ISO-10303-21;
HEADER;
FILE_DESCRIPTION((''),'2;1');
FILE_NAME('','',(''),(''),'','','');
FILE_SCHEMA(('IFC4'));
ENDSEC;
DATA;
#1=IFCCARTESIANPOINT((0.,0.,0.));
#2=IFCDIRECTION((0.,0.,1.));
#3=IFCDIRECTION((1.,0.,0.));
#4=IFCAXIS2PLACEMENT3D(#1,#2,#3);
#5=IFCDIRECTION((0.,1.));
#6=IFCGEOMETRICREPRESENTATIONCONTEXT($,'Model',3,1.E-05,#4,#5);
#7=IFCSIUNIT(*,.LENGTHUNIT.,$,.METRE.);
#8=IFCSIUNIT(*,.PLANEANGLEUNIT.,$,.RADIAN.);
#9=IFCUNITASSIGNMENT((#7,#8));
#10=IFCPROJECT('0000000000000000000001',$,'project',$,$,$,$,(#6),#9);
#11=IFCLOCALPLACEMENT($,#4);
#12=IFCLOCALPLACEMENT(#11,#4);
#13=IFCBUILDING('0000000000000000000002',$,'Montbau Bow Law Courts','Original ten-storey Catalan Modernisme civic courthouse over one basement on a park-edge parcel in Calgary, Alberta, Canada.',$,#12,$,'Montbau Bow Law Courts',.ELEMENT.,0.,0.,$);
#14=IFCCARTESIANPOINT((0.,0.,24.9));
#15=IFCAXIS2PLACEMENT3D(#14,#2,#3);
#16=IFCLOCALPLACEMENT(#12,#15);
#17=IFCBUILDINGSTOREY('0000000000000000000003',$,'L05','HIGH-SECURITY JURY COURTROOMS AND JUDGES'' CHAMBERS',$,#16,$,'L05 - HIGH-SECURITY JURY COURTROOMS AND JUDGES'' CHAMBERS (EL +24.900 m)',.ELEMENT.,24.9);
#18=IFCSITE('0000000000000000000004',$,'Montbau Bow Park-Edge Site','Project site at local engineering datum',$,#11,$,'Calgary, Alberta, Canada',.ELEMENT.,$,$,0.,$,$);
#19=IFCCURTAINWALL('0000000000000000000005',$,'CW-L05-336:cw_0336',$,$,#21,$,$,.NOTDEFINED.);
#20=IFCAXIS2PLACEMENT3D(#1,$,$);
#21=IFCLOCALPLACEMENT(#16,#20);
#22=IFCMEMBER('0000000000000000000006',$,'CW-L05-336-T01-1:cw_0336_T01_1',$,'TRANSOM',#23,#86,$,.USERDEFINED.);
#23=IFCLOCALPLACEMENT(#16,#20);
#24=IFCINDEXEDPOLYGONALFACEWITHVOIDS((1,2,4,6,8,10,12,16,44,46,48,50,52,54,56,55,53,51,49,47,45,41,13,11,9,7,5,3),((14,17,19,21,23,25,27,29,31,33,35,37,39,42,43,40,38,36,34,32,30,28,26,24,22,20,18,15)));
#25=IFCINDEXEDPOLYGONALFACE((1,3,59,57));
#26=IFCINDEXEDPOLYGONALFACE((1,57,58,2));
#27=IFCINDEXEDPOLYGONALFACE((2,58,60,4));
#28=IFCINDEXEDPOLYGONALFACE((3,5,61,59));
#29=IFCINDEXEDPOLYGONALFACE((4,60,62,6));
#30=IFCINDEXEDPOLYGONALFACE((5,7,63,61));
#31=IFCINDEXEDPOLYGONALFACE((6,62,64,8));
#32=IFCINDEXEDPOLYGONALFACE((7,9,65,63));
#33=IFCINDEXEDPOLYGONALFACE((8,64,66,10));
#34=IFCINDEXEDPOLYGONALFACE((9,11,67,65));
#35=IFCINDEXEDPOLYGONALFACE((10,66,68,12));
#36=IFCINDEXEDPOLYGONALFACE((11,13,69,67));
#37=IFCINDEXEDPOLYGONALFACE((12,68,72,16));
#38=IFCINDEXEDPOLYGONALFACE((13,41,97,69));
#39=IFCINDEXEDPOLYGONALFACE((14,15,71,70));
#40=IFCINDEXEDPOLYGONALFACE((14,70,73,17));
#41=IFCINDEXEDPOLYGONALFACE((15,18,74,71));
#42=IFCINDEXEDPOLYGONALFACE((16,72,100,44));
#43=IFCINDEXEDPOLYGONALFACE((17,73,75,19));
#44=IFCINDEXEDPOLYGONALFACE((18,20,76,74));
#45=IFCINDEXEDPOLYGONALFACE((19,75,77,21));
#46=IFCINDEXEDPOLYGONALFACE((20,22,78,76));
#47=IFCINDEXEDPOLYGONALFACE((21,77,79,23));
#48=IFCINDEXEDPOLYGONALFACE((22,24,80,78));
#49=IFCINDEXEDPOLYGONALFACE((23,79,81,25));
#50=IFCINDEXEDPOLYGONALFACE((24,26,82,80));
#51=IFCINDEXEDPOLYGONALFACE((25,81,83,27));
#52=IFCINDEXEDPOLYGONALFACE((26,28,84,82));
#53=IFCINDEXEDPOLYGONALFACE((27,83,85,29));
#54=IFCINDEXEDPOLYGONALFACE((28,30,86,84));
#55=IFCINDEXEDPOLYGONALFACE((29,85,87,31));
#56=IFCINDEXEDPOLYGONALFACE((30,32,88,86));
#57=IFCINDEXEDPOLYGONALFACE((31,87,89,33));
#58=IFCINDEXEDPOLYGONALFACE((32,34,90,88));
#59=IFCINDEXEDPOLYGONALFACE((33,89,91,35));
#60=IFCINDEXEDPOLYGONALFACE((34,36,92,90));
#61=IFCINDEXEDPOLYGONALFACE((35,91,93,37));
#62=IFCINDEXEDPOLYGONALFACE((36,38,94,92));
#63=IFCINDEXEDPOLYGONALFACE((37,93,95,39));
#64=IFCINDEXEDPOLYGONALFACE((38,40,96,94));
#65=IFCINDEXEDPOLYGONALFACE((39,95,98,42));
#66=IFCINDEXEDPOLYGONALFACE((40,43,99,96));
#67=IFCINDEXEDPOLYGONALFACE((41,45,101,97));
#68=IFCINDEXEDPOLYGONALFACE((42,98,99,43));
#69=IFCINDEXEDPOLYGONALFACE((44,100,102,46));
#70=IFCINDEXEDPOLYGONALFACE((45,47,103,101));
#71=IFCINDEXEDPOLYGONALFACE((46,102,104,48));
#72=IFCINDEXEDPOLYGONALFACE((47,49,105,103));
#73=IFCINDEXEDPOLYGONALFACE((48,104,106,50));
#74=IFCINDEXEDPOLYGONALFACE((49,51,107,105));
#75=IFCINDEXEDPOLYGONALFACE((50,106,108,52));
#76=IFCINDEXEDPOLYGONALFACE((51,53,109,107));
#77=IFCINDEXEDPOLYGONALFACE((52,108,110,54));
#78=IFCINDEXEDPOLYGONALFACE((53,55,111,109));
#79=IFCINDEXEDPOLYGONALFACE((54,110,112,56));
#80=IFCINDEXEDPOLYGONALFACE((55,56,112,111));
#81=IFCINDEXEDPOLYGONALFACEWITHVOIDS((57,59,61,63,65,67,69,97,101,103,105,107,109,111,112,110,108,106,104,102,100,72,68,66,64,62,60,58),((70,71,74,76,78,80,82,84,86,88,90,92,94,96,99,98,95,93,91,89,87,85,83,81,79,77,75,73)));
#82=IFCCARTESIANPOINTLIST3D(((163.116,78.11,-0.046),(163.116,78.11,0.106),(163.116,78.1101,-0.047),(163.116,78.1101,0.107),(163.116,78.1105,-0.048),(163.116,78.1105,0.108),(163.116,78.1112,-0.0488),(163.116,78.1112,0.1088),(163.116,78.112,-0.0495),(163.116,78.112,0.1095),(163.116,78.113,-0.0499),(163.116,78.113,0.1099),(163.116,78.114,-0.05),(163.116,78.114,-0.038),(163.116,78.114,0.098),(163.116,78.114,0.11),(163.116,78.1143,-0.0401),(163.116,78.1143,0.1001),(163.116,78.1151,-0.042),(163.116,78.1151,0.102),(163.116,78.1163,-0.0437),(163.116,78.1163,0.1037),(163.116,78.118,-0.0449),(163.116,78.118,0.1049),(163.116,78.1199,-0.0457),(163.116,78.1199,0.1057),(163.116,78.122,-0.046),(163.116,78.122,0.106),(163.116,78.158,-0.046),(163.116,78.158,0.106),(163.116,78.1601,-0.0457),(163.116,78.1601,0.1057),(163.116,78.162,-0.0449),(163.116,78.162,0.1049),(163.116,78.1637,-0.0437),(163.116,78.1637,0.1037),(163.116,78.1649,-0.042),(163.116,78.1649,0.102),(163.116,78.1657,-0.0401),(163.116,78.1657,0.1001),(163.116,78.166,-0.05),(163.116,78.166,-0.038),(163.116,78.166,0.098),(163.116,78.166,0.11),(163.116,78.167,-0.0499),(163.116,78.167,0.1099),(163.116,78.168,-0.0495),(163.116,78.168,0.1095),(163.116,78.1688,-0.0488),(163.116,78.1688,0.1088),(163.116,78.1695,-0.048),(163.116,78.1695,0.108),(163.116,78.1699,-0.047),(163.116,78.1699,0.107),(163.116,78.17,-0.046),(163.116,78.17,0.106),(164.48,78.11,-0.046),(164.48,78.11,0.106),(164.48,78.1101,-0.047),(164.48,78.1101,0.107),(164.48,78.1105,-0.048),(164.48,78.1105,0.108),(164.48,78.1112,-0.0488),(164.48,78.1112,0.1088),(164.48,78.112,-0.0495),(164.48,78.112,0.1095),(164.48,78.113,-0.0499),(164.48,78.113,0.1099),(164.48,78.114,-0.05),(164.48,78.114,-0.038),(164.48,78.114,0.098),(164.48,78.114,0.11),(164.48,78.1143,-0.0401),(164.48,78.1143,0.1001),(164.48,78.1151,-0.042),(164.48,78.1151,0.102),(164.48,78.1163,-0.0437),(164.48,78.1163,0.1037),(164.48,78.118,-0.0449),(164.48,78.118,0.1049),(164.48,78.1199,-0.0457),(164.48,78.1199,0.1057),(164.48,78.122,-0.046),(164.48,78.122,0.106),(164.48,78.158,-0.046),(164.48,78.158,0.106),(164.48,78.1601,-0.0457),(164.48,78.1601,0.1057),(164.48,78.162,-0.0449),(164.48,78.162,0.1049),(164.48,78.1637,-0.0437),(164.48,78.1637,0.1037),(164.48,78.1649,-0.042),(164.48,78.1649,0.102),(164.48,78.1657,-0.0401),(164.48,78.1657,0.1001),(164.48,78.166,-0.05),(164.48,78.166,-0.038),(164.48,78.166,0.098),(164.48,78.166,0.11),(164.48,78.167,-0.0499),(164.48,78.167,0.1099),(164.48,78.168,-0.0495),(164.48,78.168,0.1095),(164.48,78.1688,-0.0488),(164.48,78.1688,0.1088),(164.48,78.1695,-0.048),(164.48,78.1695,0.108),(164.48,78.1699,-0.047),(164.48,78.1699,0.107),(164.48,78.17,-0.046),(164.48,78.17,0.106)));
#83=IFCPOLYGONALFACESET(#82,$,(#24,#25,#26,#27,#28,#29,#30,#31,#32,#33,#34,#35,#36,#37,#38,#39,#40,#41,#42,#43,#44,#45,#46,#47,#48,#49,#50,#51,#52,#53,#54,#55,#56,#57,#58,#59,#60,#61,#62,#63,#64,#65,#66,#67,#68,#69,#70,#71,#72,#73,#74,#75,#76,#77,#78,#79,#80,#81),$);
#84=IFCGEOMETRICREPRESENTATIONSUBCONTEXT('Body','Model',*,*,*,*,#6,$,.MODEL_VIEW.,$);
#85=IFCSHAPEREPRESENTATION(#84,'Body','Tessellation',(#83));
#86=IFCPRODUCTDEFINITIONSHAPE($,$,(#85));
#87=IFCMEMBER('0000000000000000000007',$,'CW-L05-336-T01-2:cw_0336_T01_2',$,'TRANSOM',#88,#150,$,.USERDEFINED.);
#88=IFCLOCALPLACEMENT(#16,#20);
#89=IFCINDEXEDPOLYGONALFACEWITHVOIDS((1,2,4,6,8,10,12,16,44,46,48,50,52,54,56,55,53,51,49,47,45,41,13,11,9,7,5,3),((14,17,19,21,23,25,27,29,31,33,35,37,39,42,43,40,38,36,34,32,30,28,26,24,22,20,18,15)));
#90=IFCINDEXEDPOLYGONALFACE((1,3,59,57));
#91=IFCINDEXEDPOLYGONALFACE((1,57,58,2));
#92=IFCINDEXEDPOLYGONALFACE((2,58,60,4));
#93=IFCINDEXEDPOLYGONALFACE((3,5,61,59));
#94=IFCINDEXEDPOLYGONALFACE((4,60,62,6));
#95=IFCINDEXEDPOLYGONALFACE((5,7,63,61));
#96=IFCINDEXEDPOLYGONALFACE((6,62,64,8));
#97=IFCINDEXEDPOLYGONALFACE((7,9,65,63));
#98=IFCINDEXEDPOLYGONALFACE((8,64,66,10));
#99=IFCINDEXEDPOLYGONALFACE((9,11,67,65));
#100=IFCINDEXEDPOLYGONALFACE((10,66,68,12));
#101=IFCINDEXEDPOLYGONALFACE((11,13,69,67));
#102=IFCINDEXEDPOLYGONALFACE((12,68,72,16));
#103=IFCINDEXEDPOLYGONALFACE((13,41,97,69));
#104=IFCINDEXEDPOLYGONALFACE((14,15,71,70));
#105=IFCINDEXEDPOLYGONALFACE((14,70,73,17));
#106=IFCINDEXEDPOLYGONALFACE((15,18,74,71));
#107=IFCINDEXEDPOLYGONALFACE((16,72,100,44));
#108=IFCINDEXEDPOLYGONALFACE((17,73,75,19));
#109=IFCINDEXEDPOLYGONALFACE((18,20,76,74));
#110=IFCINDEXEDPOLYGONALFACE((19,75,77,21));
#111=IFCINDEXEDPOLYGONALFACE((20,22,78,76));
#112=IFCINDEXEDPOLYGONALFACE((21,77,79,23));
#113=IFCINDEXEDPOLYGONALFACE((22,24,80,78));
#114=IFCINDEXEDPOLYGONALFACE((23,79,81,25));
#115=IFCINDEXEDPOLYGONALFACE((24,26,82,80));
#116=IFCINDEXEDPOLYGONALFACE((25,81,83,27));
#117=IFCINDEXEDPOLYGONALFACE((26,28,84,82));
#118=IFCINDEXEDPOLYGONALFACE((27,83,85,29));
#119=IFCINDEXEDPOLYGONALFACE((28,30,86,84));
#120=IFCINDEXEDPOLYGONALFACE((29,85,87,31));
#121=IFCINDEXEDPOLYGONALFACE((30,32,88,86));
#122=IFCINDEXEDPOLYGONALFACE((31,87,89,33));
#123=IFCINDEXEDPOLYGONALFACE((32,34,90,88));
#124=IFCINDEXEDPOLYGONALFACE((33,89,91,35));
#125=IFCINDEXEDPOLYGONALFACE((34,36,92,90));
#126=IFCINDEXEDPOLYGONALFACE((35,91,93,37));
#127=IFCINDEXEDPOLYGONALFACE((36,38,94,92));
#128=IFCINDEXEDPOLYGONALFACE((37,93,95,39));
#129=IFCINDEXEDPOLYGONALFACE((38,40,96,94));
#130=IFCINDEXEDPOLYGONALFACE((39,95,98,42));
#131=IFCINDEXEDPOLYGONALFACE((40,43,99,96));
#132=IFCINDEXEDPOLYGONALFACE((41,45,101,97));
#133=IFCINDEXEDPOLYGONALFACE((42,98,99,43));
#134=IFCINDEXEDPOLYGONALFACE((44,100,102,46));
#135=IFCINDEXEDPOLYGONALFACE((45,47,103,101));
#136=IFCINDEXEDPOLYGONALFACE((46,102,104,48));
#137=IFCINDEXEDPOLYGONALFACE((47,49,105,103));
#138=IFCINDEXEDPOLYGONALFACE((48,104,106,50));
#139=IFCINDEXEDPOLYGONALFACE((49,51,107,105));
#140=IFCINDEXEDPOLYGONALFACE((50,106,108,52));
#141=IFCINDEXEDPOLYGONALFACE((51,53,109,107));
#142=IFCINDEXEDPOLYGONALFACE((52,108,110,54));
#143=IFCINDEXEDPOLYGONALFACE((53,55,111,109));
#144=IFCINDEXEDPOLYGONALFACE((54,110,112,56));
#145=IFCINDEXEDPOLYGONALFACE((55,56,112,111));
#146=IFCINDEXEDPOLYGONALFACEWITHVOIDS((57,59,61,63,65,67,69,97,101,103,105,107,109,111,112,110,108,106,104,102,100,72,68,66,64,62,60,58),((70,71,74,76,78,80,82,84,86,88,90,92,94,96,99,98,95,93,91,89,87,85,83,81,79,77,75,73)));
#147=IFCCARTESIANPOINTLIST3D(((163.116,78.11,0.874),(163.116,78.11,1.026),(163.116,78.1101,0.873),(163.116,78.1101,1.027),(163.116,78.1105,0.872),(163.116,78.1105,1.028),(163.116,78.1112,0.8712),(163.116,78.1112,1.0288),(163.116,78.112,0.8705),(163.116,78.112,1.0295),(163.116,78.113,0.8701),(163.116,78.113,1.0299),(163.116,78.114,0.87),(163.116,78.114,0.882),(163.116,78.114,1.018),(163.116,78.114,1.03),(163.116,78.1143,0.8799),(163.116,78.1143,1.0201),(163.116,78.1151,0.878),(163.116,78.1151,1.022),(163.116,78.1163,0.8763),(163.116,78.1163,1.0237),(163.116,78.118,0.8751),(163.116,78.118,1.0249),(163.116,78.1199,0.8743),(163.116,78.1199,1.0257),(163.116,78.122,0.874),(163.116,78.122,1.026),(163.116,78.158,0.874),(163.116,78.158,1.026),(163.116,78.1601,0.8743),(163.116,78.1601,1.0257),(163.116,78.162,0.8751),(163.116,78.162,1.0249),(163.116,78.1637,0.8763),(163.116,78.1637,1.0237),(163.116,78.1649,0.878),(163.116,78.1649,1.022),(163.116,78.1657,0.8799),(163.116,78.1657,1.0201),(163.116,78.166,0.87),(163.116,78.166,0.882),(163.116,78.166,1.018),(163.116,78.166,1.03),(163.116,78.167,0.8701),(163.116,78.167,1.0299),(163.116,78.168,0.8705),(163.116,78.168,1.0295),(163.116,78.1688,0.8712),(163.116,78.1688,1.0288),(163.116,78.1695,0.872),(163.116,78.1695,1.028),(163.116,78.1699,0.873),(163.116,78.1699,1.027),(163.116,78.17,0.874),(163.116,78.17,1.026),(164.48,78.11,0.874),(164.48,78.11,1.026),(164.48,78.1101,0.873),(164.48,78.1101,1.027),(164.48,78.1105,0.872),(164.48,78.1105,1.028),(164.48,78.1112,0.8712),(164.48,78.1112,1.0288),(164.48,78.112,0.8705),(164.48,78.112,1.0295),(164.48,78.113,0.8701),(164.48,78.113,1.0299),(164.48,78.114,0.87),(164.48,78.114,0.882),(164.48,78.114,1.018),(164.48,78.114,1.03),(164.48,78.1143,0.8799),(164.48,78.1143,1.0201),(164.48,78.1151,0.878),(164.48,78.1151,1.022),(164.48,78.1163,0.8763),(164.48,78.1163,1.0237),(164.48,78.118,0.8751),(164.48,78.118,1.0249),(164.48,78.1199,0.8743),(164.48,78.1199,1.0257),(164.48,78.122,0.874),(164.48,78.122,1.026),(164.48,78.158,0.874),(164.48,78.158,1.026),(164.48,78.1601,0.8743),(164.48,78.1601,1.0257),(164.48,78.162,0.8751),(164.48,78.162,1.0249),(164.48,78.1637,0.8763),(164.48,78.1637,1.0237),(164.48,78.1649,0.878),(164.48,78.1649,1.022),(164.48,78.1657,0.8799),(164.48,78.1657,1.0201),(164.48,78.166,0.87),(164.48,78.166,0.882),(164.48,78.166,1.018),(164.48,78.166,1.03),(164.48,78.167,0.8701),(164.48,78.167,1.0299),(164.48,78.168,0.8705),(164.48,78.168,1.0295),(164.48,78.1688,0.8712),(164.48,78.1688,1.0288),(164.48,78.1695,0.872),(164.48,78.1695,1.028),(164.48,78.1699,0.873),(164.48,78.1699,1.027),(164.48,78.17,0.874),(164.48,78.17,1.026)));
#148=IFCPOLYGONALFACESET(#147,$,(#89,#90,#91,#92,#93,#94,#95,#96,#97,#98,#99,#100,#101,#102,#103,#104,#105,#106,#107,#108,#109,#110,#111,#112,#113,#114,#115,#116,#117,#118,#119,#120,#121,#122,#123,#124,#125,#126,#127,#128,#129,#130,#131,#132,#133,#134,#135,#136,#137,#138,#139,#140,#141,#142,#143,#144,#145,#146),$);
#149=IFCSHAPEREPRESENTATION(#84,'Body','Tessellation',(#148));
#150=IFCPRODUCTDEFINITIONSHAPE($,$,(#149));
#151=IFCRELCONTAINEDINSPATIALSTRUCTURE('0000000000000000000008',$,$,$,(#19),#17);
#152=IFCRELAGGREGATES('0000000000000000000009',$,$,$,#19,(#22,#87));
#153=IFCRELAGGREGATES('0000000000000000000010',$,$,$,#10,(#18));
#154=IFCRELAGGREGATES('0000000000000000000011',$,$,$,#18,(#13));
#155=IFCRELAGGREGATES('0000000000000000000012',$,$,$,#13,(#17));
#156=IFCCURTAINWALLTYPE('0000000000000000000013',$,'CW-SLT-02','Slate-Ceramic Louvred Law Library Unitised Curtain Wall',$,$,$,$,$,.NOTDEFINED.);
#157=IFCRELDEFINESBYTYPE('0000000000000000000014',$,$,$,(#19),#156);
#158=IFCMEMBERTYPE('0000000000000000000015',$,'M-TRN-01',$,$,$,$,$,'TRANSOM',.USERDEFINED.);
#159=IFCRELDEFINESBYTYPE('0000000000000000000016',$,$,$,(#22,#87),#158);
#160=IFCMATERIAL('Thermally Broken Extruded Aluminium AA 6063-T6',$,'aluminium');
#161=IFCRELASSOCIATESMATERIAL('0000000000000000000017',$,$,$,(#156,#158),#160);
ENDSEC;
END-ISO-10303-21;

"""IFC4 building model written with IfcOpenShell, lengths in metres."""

from ifc_helpers import new_model, si_unit, direction, frame, origin_with_axes, origin_2d_with_axis, place, context, subcontext, project, spatial, hollow_rectangle, extrude, material, material_profile, profile_set, type_object, element, aggregate, save


model = new_model("IFC4")

# Units and contexts
model_context = context("Model", 3, precision=1e-05, world=origin_with_axes(), true_north=direction((0.0, 1.0)))
body_context = subcontext(model_context, "Body", "Model", "MODEL_VIEW")
ifc_project = project(units=[si_unit("LENGTHUNIT", "METRE"), si_unit("PLANEANGLEUNIT", "RADIAN")], contexts=[model_context])

# Site, building, storey
site_placement = place(None, origin_with_axes())
site = spatial("IfcSite", under=ifc_project, at=site_placement, Name="Montbau Bow Park-Edge Site", Description="Project site at local engineering datum", LongName="Calgary, Alberta, Canada", CompositionType="ELEMENT", RefElevation=0.0)
building_placement = place(site_placement, origin_with_axes())
building = spatial("IfcBuilding", under=site, at=building_placement, Name="Montbau Bow Law Courts", Description="Original ten-storey Catalan Modernisme civic courthouse over one basement on a park-edge parcel in Calgary, Alberta, Canada.", LongName="Montbau Bow Law Courts", CompositionType="ELEMENT", ElevationOfRefHeight=0.0, ElevationOfTerrain=0.0)
storey_placement = place(building_placement, frame((0.0, 0.0, 24.9), z_axis=(0.0, 0.0, 1.0), x_axis=(1.0, 0.0, 0.0)))
storey = spatial("IfcBuildingStorey", under=building, at=storey_placement, Name="L05", Description="HIGH-SECURITY JURY COURTROOMS AND JUDGES' CHAMBERS", LongName="L05 - HIGH-SECURITY JURY COURTROOMS AND JUDGES' CHAMBERS (EL +24.900 m)", CompositionType="ELEMENT", Elevation=24.9)

# Curtain wall, members
ifc_material_1 = material(Name="Thermally Broken Extruded Aluminium AA 6063-T6", Category="aluminium")
curtain_wall_type = type_object("IfcCurtainWallType", Name="CW-SLT-02", Description="Slate-Ceramic Louvred Law Library Unitised Curtain Wall", PredefinedType="NOTDEFINED", material=ifc_material_1)
curtain_wall_placement = place(None, frame((163.04, 78.14, 24.9), z_axis=(0.0, 0.0, 1.0), x_axis=(1.0, 0.0, 0.0)))
curtain_wall = element("IfcCurtainWall", 1, at=curtain_wall_placement, inside=storey, type_object=curtain_wall_type, Name="CW-L05-336:cw_0336", PredefinedType="NOTDEFINED")
ifc_material_profile_1 = material_profile(ifc_material_1, hollow_rectangle(XDim=0.06, YDim=0.16, WallThickness=0.004, InnerFilletRadius=0.008, OuterFilletRadius=0.004, at=origin_2d_with_axis()), Name="CWT-160X60", Category="Main", Priority=0)
ifc_profile_set_1 = profile_set([ifc_material_profile_1], Name="Thermally Broken Extruded Aluminium AA 6063-T6")
member_type_1 = type_object("IfcMemberType", Name="M-TRN-01", ElementType="TRANSOM", PredefinedType="USERDEFINED", material=ifc_profile_set_1)
member_1_placement = place(None, frame((163.116, 78.14, 24.93), z_axis=(1.0, 0.0, 0.0), x_axis=(0.0, 1.0, 0.0)))
member_1 = element("IfcMember", 2, at=member_1_placement, type_object=member_type_1, Name="CW-L05-336-T01-1:cw_0336_T01_1", ObjectType="TRANSOM", PredefinedType="USERDEFINED", context=body_context, shape_type="SweptSolid", body=[
    extrude(hollow_rectangle(XDim=0.06, YDim=0.16, WallThickness=0.004, InnerFilletRadius=0.008, OuterFilletRadius=0.004, at=origin_2d_with_axis()), origin_with_axes(), (0.0, 0.0, 1.0), 1.364),
])
member_2_placement = place(None, frame((163.116, 78.14, 25.85), z_axis=(1.0, 0.0, 0.0), x_axis=(0.0, 1.0, 0.0)))
member_2 = element("IfcMember", 3, at=member_2_placement, type_object=member_type_1, Name="CW-L05-336-T01-2:cw_0336_T01_2", ObjectType="TRANSOM", PredefinedType="USERDEFINED", context=body_context, shape_type="SweptSolid", body=[
    extrude(hollow_rectangle(XDim=0.06, YDim=0.16, WallThickness=0.004, InnerFilletRadius=0.008, OuterFilletRadius=0.004, at=origin_2d_with_axis()), origin_with_axes(), (0.0, 0.0, 1.0), 1.364),
])
aggregate(curtain_wall, [member_1, member_2])

save(model, "model.ifc")
